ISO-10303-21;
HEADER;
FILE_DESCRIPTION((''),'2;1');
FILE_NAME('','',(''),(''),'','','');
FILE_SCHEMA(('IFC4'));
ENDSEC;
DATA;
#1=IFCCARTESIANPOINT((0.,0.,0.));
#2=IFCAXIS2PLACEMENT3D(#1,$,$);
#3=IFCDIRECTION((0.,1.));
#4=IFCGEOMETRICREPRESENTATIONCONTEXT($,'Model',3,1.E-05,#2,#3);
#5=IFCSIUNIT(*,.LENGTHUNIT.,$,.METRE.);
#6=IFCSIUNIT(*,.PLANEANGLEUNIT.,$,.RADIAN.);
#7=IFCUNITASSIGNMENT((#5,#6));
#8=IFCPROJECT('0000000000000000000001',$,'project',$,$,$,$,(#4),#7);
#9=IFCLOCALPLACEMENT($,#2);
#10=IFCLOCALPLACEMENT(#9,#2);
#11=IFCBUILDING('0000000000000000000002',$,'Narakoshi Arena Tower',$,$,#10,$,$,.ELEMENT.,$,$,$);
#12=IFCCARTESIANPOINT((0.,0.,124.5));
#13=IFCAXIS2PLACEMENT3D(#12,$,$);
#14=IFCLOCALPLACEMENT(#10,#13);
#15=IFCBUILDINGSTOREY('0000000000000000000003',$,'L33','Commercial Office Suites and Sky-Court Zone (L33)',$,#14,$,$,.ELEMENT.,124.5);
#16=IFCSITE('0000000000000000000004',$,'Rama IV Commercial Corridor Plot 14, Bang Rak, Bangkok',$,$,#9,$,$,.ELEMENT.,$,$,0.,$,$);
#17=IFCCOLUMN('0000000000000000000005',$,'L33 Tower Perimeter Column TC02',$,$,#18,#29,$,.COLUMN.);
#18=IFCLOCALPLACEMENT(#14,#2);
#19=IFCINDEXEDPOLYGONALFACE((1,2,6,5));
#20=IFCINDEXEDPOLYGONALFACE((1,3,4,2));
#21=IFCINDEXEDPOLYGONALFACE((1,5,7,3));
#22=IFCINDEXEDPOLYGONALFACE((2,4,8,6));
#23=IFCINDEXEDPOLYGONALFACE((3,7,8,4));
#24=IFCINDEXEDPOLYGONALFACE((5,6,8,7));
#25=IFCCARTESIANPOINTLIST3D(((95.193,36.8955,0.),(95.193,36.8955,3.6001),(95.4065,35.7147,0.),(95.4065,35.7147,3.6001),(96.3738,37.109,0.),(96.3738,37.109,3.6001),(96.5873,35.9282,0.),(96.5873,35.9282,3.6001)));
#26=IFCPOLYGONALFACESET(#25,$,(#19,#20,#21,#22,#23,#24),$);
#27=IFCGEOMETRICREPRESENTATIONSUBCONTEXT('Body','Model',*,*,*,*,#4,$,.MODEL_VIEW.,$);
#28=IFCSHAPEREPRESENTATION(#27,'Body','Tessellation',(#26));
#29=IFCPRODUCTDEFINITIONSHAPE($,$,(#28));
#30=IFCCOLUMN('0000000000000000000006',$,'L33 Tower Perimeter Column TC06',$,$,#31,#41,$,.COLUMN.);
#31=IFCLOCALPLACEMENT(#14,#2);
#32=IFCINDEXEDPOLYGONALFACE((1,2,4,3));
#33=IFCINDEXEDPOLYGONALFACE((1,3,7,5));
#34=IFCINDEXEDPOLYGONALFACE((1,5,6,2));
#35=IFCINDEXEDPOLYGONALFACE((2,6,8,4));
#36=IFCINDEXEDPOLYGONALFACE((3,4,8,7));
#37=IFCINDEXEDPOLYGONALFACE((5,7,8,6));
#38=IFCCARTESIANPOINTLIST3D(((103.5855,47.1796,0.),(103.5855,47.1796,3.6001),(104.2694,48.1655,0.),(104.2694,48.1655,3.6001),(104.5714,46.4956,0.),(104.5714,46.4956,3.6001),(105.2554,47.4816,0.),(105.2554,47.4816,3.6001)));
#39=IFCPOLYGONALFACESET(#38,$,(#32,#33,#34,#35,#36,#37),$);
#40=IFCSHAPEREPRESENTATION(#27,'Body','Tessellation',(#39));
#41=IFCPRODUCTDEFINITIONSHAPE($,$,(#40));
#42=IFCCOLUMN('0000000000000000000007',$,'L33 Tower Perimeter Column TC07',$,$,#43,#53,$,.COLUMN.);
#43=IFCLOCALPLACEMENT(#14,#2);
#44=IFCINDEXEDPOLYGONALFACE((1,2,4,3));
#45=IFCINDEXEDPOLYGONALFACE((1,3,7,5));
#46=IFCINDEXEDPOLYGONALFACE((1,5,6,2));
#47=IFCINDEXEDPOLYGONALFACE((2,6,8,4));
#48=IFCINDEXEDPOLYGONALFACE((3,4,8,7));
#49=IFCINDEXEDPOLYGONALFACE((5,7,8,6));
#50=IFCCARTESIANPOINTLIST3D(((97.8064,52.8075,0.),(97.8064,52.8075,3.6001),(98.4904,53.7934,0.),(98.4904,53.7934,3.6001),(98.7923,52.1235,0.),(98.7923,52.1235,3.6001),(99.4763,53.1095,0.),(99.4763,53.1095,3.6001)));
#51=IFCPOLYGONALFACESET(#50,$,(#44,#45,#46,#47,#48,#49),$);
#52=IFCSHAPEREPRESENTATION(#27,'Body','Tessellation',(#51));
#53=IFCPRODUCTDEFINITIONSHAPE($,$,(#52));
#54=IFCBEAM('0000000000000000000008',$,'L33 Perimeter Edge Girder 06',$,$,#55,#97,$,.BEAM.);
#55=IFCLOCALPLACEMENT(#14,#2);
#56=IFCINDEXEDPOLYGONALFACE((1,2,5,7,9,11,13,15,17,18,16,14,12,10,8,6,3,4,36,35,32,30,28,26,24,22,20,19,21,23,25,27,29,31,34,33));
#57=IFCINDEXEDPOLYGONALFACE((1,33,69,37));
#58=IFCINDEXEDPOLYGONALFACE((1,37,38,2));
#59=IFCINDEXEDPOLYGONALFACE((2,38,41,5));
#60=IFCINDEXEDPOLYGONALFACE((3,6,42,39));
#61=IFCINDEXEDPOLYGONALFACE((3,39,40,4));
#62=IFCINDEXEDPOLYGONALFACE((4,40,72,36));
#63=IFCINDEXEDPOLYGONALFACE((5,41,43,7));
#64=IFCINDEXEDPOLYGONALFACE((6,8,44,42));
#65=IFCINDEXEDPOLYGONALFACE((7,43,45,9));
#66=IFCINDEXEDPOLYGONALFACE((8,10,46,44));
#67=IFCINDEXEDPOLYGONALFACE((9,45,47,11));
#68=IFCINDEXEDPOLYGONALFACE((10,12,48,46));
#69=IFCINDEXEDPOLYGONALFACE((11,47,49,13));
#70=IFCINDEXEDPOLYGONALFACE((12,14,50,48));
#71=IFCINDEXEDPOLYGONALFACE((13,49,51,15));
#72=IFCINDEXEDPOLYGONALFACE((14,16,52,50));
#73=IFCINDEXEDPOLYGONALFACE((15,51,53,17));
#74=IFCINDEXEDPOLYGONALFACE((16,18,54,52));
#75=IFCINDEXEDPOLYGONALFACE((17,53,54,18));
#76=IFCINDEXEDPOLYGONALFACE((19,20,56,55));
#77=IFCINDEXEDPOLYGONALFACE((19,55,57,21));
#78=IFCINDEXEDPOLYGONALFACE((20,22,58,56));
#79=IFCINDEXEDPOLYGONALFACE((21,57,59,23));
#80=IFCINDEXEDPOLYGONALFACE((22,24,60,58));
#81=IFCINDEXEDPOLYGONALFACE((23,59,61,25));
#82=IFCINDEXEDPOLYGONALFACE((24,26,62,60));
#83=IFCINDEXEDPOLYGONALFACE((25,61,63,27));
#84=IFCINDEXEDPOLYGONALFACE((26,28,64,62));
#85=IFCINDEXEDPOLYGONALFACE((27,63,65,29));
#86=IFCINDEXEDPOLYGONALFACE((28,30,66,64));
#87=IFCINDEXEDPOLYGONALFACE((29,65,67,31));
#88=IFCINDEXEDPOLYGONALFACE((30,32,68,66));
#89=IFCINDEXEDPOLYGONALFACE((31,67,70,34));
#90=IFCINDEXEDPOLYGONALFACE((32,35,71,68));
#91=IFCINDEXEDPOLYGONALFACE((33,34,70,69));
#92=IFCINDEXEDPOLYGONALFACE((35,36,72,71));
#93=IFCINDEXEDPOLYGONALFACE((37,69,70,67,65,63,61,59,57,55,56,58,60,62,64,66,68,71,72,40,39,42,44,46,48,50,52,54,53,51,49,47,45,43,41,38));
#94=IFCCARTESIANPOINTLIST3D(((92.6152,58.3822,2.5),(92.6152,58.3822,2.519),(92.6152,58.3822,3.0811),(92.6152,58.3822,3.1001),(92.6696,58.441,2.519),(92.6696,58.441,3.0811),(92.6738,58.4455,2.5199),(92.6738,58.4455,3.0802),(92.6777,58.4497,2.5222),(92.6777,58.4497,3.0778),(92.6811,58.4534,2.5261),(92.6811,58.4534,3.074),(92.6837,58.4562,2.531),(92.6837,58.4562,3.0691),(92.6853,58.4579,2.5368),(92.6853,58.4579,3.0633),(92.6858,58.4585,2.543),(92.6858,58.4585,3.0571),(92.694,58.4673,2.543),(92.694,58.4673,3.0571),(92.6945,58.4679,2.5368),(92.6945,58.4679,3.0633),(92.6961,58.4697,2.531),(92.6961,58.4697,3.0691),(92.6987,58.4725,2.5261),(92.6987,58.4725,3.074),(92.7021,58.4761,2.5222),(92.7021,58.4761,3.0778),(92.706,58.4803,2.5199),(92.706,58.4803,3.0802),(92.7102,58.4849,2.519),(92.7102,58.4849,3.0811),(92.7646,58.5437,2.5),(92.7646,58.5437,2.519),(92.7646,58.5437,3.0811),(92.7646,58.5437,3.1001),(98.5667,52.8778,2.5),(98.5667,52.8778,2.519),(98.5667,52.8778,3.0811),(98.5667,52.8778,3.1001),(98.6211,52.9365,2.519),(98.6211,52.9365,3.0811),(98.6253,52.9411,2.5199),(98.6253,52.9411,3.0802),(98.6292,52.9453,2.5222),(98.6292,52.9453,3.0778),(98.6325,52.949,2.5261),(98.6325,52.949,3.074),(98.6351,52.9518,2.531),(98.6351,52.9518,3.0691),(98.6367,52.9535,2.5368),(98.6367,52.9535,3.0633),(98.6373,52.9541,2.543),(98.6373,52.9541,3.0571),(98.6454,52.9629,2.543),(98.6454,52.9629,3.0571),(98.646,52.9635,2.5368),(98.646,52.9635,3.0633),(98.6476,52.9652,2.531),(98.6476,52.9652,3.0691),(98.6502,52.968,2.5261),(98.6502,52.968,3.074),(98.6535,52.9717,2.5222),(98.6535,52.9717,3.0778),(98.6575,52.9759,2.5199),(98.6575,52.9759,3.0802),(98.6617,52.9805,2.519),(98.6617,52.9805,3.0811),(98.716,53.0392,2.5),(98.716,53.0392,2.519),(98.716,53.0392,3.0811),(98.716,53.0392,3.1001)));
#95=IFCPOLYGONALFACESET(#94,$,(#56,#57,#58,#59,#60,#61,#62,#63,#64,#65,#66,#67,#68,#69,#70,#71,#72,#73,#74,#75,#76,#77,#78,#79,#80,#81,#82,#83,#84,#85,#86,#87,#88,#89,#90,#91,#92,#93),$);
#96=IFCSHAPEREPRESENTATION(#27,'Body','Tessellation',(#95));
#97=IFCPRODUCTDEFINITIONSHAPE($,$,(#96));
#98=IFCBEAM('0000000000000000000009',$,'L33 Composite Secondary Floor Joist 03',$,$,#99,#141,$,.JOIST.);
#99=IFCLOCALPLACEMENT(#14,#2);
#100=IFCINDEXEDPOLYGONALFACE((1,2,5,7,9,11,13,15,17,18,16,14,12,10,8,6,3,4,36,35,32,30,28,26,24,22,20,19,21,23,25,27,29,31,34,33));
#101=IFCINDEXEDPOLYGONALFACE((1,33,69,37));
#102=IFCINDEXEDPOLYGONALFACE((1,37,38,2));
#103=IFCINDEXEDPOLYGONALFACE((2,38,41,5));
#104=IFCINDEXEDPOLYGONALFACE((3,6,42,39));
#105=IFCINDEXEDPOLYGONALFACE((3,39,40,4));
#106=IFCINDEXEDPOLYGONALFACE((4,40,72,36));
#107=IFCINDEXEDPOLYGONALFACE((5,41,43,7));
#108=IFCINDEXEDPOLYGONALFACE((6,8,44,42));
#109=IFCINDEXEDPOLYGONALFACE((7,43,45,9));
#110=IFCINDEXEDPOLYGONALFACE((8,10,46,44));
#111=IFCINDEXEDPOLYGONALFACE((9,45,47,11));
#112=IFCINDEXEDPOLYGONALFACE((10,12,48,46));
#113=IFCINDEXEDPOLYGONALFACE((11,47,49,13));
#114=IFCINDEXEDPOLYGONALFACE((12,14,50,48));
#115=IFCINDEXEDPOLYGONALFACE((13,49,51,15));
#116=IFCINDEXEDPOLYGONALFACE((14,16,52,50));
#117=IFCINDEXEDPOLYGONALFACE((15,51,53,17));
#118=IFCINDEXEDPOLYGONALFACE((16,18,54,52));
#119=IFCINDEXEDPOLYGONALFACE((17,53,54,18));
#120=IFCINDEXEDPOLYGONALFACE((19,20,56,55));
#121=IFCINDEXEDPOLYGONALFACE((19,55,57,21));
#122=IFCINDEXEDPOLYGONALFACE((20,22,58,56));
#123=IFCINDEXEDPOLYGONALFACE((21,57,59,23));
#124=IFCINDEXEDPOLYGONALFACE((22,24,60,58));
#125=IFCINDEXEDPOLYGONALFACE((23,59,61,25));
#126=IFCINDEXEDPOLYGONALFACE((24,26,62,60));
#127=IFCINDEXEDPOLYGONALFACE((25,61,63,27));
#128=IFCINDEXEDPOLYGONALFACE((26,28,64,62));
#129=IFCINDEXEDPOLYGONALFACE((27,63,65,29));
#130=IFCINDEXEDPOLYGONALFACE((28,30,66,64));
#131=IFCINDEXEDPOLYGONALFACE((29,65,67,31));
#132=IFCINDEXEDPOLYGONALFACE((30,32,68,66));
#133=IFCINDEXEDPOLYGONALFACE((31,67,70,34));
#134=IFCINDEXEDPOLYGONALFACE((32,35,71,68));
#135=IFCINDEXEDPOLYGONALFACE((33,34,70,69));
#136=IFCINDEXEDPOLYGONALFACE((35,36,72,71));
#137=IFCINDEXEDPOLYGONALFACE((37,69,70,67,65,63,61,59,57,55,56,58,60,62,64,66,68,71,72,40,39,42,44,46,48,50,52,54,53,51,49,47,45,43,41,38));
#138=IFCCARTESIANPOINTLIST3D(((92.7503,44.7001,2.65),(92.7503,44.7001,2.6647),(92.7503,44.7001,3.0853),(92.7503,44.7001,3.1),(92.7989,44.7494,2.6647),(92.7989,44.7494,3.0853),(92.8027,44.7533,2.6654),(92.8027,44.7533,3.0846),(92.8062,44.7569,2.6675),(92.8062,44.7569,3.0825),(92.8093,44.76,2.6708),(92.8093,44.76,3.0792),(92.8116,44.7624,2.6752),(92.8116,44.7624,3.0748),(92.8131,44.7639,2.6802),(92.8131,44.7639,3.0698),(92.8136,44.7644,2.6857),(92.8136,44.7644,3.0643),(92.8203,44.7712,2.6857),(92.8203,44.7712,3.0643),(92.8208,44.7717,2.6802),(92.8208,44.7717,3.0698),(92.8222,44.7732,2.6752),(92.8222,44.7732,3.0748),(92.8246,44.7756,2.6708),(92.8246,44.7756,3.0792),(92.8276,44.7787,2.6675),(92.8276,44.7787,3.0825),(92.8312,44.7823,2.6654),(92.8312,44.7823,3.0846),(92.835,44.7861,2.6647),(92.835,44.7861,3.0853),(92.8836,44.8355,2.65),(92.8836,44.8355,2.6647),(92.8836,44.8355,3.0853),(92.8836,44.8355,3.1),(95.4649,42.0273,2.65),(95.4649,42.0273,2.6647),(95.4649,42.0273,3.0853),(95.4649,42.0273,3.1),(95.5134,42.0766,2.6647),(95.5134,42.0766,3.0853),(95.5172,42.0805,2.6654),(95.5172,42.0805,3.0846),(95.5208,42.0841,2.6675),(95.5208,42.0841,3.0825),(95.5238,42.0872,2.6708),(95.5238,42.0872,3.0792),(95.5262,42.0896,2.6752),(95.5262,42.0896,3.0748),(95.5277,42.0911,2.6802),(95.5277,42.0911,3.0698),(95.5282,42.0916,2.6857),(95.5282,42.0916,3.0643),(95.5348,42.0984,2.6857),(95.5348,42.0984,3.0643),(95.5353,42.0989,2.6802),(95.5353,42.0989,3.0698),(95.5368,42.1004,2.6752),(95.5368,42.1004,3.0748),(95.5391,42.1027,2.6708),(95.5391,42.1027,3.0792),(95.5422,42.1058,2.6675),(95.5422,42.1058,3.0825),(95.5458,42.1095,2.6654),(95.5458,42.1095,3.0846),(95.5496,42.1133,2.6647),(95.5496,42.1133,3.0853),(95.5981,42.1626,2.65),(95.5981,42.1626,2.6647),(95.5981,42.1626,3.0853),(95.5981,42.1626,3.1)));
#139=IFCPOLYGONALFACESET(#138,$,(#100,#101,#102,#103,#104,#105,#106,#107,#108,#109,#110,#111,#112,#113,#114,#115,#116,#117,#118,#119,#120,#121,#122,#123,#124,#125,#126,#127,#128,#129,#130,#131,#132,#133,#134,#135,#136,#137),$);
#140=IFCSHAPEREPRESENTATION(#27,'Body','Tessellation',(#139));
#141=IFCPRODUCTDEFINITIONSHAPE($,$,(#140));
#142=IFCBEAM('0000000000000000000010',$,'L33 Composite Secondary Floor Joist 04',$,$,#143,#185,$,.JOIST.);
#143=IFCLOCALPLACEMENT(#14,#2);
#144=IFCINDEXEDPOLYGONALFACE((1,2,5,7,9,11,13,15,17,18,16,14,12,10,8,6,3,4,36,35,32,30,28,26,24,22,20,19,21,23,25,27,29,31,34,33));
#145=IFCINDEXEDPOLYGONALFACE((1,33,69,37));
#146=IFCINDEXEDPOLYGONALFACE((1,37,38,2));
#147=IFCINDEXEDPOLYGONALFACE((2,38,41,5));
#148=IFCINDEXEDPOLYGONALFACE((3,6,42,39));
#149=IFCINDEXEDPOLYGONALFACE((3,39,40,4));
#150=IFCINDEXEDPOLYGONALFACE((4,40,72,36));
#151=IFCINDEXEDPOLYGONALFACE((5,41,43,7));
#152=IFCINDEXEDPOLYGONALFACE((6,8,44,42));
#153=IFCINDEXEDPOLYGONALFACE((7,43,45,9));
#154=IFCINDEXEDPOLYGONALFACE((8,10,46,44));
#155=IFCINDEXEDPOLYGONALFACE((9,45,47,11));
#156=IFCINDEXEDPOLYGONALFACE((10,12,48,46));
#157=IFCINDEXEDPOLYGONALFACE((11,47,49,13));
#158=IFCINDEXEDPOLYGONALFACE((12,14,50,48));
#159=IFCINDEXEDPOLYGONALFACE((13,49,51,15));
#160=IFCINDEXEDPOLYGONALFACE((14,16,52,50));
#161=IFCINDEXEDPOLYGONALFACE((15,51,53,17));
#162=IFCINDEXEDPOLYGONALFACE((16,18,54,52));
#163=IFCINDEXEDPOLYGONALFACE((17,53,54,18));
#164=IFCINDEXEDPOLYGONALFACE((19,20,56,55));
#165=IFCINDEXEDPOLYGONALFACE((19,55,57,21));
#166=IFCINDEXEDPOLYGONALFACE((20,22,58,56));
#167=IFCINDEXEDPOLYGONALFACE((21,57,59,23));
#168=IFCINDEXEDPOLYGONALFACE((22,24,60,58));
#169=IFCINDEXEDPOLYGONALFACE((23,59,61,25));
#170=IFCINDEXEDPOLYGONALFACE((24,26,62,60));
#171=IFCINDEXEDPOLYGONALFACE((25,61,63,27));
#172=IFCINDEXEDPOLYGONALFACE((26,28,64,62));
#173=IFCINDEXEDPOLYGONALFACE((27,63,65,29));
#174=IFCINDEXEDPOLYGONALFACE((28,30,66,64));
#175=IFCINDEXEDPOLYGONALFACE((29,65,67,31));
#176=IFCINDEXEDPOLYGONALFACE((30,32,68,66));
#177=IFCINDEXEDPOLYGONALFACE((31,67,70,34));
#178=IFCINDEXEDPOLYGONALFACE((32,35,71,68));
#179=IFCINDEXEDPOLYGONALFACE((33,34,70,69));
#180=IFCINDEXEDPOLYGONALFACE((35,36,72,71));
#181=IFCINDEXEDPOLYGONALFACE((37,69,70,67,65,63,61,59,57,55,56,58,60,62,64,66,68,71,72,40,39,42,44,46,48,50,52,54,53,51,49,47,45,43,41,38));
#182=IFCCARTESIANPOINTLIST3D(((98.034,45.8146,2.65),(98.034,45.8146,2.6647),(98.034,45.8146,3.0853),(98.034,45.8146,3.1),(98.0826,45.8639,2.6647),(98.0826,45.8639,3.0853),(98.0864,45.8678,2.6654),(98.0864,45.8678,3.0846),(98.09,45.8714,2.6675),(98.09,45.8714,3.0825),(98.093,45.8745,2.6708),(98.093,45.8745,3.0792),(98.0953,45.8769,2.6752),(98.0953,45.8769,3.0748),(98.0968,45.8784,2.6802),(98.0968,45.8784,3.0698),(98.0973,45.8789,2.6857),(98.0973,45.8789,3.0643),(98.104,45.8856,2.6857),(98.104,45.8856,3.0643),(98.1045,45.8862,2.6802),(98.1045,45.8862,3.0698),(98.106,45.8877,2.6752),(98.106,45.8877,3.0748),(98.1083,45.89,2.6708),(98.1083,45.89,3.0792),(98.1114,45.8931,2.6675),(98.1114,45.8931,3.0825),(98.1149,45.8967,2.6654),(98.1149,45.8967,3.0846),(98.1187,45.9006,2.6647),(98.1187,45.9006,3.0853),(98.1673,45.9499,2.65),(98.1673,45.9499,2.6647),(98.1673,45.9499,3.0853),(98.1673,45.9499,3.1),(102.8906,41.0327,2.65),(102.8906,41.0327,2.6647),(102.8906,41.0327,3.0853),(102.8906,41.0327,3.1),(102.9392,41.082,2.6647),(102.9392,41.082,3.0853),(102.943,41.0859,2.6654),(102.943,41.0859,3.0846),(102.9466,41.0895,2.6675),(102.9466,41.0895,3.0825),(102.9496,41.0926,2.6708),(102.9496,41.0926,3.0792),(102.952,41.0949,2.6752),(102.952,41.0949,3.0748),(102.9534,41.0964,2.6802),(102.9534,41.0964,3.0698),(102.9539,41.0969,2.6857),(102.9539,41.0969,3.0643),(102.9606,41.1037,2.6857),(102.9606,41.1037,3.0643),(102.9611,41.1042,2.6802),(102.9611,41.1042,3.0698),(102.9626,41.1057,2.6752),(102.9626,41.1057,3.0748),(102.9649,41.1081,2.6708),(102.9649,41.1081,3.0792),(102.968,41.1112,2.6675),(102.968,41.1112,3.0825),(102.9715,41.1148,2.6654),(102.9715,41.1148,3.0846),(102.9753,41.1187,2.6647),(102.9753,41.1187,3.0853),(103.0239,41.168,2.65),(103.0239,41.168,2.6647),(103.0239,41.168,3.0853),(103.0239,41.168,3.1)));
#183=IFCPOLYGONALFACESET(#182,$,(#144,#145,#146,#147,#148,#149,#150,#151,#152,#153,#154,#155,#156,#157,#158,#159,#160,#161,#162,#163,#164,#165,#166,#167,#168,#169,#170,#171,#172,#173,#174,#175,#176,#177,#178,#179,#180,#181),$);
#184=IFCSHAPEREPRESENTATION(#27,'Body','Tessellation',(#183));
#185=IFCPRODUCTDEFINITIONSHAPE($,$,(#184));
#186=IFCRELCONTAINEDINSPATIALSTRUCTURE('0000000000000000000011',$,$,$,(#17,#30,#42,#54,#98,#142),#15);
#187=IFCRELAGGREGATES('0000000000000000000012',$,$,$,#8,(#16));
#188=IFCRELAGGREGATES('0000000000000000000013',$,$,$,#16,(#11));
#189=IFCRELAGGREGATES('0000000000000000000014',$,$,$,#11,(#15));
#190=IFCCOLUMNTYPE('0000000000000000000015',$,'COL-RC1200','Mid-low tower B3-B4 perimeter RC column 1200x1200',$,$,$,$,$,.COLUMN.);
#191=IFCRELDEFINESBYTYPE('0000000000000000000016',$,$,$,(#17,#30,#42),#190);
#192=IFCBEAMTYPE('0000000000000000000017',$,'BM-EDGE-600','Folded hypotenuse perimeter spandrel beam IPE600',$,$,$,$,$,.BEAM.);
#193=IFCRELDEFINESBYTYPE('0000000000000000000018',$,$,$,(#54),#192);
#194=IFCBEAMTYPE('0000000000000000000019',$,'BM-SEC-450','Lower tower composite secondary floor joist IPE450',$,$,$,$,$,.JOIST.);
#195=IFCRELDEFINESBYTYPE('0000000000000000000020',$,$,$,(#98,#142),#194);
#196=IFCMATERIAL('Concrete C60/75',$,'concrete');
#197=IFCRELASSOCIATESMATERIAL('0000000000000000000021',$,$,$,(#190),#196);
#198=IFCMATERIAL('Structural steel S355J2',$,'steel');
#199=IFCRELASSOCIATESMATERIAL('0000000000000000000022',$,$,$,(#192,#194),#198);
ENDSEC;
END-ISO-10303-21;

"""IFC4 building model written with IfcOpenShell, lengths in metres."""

from ifc_helpers import new_model, si_unit, direction, frame, origin, origin_2d, place, context, subcontext, project, spatial, rectangle, i_section, extrude, material, material_profile, profile_set, type_object, element, save


model = new_model("IFC4")

# Units and contexts
model_context = context("Model", 3, precision=1e-05, world=origin(), true_north=direction((0.0, 1.0)))
body_context = subcontext(model_context, "Body", "Model", "MODEL_VIEW")
ifc_project = project(units=[si_unit("LENGTHUNIT", "METRE"), si_unit("PLANEANGLEUNIT", "RADIAN")], contexts=[model_context])

# Site, building, storey
site_placement = place(None, origin())
site = spatial("IfcSite", under=ifc_project, at=site_placement, Name="Rama IV Commercial Corridor Plot 14, Bang Rak, Bangkok", CompositionType="ELEMENT", RefElevation=0.0)
building_placement = place(site_placement, origin())
building = spatial("IfcBuilding", under=site, at=building_placement, Name="Narakoshi Arena Tower", CompositionType="ELEMENT")
storey_placement = place(building_placement, frame((0.0, 0.0, 124.5)))
storey = spatial("IfcBuildingStorey", under=building, at=storey_placement, Name="L33", Description="Commercial Office Suites and Sky-Court Zone (L33)", CompositionType="ELEMENT", Elevation=124.5)

# Columns
ifc_material_1 = material(Name="Concrete C60/75", Category="concrete")
ifc_material_profile_1 = material_profile(ifc_material_1, rectangle(XDim=1.2, YDim=1.2, at=origin_2d()), Name="RC1200x1200")
ifc_profile_set_1 = profile_set([ifc_material_profile_1], Name="Concrete C60/75")
column_type = type_object("IfcColumnType", Name="COL-RC1200", Description="Mid-low tower B3-B4 perimeter RC column 1200x1200", PredefinedType="COLUMN", material=ifc_profile_set_1)
for number, where, z_axis, x_axis, name in (
    (1, (95.8901, 36.4119, 0.0), (0.0, 0.0, 1.0), (0.984041, 0.177944, 0.0), "L33 Tower Perimeter Column TC02"),
    (2, (104.4204, 47.3306, 0.0), (0.0, 0.0, 1.0), (0.569997, 0.821647, 0.0), "L33 Tower Perimeter Column TC06"),
    (3, (98.6414, 52.9585, 0.0), (0.0, 0.0, 1.0), (0.569997, 0.821647, 0.0), "L33 Tower Perimeter Column TC07"),
):
    element("IfcColumn", number, at=place(storey_placement, frame(where, z_axis=z_axis, x_axis=x_axis)), inside=storey, type_object=column_type, Name=name, PredefinedType="COLUMN", context=body_context, shape_type="SweptSolid", body=[
        extrude(rectangle(XDim=1.2, YDim=1.2, at=origin_2d()), origin(), (0.0, 0.0, 1.0), 3.6001),
    ])

# Beams
ifc_material_2 = material(Name="Structural steel S355J2", Category="steel")
ifc_material_profile_2 = material_profile(ifc_material_2, i_section(OverallWidth=0.22, OverallDepth=0.6001, WebThickness=0.012, FlangeThickness=0.019, FilletRadius=0.0239, at=origin_2d()), Name="IPE600")
ifc_profile_set_2 = profile_set([ifc_material_profile_2], Name="Structural steel S355J2")
beam_type_1 = type_object("IfcBeamType", Name="BM-EDGE-600", Description="Folded hypotenuse perimeter spandrel beam IPE600", PredefinedType="BEAM", material=ifc_profile_set_2)
beam_1_placement = place(storey_placement, frame((98.6414, 52.9585, 2.8), z_axis=(-0.73414, 0.678998, 0.0), x_axis=(-0.678998, -0.73414, 0.0)))
element("IfcBeam", 4, at=beam_1_placement, inside=storey, type_object=beam_type_1, Name="L33 Perimeter Edge Girder 06", PredefinedType="BEAM", context=body_context, shape_type="SweptSolid", body=[
    extrude(i_section(OverallWidth=0.22, OverallDepth=0.6001, WebThickness=0.012, FlangeThickness=0.019, FilletRadius=0.0239, at=origin_2d()), origin(), (0.0, 0.0, 1.0), 8.1067),
])
ifc_material_profile_3 = material_profile(ifc_material_2, i_section(OverallWidth=0.1899, OverallDepth=0.45, WebThickness=0.0095, FlangeThickness=0.0146, FilletRadius=0.021, at=origin_2d()), Name="IPE450")
ifc_profile_set_3 = profile_set([ifc_material_profile_3], Name="Structural steel S355J2")
beam_type_2 = type_object("IfcBeamType", Name="BM-SEC-450", Description="Lower tower composite secondary floor joist IPE450", PredefinedType="JOIST", material=ifc_profile_set_3)
beam_2_placement = place(storey_placement, frame((95.5315, 42.095, 2.875), z_axis=(-0.712565, 0.701606, 0.0), x_axis=(-0.701606, -0.712565, 0.0)))
element("IfcBeam", 5, at=beam_2_placement, inside=storey, type_object=beam_type_2, Name="L33 Composite Secondary Floor Joist 03", PredefinedType="JOIST", context=body_context, shape_type="SweptSolid", body=[
    extrude(i_section(OverallWidth=0.1899, OverallDepth=0.45, WebThickness=0.0095, FlangeThickness=0.0146, FilletRadius=0.021, at=origin_2d()), origin(), (0.0, 0.0, 1.0), 3.8096),
])
beam_3_placement = place(storey_placement, frame((102.9573, 41.1003, 2.875), z_axis=(-0.712566, 0.701605, 0.0), x_axis=(-0.701605, -0.712566, 0.0)))
element("IfcBeam", 6, at=beam_3_placement, inside=storey, type_object=beam_type_2, Name="L33 Composite Secondary Floor Joist 04", PredefinedType="JOIST", context=body_context, shape_type="SweptSolid", body=[
    extrude(i_section(OverallWidth=0.1899, OverallDepth=0.45, WebThickness=0.0095, FlangeThickness=0.0146, FilletRadius=0.021, at=origin_2d()), origin(), (0.0, 0.0, 1.0), 6.8157),
])

save(model, "model.ifc")
